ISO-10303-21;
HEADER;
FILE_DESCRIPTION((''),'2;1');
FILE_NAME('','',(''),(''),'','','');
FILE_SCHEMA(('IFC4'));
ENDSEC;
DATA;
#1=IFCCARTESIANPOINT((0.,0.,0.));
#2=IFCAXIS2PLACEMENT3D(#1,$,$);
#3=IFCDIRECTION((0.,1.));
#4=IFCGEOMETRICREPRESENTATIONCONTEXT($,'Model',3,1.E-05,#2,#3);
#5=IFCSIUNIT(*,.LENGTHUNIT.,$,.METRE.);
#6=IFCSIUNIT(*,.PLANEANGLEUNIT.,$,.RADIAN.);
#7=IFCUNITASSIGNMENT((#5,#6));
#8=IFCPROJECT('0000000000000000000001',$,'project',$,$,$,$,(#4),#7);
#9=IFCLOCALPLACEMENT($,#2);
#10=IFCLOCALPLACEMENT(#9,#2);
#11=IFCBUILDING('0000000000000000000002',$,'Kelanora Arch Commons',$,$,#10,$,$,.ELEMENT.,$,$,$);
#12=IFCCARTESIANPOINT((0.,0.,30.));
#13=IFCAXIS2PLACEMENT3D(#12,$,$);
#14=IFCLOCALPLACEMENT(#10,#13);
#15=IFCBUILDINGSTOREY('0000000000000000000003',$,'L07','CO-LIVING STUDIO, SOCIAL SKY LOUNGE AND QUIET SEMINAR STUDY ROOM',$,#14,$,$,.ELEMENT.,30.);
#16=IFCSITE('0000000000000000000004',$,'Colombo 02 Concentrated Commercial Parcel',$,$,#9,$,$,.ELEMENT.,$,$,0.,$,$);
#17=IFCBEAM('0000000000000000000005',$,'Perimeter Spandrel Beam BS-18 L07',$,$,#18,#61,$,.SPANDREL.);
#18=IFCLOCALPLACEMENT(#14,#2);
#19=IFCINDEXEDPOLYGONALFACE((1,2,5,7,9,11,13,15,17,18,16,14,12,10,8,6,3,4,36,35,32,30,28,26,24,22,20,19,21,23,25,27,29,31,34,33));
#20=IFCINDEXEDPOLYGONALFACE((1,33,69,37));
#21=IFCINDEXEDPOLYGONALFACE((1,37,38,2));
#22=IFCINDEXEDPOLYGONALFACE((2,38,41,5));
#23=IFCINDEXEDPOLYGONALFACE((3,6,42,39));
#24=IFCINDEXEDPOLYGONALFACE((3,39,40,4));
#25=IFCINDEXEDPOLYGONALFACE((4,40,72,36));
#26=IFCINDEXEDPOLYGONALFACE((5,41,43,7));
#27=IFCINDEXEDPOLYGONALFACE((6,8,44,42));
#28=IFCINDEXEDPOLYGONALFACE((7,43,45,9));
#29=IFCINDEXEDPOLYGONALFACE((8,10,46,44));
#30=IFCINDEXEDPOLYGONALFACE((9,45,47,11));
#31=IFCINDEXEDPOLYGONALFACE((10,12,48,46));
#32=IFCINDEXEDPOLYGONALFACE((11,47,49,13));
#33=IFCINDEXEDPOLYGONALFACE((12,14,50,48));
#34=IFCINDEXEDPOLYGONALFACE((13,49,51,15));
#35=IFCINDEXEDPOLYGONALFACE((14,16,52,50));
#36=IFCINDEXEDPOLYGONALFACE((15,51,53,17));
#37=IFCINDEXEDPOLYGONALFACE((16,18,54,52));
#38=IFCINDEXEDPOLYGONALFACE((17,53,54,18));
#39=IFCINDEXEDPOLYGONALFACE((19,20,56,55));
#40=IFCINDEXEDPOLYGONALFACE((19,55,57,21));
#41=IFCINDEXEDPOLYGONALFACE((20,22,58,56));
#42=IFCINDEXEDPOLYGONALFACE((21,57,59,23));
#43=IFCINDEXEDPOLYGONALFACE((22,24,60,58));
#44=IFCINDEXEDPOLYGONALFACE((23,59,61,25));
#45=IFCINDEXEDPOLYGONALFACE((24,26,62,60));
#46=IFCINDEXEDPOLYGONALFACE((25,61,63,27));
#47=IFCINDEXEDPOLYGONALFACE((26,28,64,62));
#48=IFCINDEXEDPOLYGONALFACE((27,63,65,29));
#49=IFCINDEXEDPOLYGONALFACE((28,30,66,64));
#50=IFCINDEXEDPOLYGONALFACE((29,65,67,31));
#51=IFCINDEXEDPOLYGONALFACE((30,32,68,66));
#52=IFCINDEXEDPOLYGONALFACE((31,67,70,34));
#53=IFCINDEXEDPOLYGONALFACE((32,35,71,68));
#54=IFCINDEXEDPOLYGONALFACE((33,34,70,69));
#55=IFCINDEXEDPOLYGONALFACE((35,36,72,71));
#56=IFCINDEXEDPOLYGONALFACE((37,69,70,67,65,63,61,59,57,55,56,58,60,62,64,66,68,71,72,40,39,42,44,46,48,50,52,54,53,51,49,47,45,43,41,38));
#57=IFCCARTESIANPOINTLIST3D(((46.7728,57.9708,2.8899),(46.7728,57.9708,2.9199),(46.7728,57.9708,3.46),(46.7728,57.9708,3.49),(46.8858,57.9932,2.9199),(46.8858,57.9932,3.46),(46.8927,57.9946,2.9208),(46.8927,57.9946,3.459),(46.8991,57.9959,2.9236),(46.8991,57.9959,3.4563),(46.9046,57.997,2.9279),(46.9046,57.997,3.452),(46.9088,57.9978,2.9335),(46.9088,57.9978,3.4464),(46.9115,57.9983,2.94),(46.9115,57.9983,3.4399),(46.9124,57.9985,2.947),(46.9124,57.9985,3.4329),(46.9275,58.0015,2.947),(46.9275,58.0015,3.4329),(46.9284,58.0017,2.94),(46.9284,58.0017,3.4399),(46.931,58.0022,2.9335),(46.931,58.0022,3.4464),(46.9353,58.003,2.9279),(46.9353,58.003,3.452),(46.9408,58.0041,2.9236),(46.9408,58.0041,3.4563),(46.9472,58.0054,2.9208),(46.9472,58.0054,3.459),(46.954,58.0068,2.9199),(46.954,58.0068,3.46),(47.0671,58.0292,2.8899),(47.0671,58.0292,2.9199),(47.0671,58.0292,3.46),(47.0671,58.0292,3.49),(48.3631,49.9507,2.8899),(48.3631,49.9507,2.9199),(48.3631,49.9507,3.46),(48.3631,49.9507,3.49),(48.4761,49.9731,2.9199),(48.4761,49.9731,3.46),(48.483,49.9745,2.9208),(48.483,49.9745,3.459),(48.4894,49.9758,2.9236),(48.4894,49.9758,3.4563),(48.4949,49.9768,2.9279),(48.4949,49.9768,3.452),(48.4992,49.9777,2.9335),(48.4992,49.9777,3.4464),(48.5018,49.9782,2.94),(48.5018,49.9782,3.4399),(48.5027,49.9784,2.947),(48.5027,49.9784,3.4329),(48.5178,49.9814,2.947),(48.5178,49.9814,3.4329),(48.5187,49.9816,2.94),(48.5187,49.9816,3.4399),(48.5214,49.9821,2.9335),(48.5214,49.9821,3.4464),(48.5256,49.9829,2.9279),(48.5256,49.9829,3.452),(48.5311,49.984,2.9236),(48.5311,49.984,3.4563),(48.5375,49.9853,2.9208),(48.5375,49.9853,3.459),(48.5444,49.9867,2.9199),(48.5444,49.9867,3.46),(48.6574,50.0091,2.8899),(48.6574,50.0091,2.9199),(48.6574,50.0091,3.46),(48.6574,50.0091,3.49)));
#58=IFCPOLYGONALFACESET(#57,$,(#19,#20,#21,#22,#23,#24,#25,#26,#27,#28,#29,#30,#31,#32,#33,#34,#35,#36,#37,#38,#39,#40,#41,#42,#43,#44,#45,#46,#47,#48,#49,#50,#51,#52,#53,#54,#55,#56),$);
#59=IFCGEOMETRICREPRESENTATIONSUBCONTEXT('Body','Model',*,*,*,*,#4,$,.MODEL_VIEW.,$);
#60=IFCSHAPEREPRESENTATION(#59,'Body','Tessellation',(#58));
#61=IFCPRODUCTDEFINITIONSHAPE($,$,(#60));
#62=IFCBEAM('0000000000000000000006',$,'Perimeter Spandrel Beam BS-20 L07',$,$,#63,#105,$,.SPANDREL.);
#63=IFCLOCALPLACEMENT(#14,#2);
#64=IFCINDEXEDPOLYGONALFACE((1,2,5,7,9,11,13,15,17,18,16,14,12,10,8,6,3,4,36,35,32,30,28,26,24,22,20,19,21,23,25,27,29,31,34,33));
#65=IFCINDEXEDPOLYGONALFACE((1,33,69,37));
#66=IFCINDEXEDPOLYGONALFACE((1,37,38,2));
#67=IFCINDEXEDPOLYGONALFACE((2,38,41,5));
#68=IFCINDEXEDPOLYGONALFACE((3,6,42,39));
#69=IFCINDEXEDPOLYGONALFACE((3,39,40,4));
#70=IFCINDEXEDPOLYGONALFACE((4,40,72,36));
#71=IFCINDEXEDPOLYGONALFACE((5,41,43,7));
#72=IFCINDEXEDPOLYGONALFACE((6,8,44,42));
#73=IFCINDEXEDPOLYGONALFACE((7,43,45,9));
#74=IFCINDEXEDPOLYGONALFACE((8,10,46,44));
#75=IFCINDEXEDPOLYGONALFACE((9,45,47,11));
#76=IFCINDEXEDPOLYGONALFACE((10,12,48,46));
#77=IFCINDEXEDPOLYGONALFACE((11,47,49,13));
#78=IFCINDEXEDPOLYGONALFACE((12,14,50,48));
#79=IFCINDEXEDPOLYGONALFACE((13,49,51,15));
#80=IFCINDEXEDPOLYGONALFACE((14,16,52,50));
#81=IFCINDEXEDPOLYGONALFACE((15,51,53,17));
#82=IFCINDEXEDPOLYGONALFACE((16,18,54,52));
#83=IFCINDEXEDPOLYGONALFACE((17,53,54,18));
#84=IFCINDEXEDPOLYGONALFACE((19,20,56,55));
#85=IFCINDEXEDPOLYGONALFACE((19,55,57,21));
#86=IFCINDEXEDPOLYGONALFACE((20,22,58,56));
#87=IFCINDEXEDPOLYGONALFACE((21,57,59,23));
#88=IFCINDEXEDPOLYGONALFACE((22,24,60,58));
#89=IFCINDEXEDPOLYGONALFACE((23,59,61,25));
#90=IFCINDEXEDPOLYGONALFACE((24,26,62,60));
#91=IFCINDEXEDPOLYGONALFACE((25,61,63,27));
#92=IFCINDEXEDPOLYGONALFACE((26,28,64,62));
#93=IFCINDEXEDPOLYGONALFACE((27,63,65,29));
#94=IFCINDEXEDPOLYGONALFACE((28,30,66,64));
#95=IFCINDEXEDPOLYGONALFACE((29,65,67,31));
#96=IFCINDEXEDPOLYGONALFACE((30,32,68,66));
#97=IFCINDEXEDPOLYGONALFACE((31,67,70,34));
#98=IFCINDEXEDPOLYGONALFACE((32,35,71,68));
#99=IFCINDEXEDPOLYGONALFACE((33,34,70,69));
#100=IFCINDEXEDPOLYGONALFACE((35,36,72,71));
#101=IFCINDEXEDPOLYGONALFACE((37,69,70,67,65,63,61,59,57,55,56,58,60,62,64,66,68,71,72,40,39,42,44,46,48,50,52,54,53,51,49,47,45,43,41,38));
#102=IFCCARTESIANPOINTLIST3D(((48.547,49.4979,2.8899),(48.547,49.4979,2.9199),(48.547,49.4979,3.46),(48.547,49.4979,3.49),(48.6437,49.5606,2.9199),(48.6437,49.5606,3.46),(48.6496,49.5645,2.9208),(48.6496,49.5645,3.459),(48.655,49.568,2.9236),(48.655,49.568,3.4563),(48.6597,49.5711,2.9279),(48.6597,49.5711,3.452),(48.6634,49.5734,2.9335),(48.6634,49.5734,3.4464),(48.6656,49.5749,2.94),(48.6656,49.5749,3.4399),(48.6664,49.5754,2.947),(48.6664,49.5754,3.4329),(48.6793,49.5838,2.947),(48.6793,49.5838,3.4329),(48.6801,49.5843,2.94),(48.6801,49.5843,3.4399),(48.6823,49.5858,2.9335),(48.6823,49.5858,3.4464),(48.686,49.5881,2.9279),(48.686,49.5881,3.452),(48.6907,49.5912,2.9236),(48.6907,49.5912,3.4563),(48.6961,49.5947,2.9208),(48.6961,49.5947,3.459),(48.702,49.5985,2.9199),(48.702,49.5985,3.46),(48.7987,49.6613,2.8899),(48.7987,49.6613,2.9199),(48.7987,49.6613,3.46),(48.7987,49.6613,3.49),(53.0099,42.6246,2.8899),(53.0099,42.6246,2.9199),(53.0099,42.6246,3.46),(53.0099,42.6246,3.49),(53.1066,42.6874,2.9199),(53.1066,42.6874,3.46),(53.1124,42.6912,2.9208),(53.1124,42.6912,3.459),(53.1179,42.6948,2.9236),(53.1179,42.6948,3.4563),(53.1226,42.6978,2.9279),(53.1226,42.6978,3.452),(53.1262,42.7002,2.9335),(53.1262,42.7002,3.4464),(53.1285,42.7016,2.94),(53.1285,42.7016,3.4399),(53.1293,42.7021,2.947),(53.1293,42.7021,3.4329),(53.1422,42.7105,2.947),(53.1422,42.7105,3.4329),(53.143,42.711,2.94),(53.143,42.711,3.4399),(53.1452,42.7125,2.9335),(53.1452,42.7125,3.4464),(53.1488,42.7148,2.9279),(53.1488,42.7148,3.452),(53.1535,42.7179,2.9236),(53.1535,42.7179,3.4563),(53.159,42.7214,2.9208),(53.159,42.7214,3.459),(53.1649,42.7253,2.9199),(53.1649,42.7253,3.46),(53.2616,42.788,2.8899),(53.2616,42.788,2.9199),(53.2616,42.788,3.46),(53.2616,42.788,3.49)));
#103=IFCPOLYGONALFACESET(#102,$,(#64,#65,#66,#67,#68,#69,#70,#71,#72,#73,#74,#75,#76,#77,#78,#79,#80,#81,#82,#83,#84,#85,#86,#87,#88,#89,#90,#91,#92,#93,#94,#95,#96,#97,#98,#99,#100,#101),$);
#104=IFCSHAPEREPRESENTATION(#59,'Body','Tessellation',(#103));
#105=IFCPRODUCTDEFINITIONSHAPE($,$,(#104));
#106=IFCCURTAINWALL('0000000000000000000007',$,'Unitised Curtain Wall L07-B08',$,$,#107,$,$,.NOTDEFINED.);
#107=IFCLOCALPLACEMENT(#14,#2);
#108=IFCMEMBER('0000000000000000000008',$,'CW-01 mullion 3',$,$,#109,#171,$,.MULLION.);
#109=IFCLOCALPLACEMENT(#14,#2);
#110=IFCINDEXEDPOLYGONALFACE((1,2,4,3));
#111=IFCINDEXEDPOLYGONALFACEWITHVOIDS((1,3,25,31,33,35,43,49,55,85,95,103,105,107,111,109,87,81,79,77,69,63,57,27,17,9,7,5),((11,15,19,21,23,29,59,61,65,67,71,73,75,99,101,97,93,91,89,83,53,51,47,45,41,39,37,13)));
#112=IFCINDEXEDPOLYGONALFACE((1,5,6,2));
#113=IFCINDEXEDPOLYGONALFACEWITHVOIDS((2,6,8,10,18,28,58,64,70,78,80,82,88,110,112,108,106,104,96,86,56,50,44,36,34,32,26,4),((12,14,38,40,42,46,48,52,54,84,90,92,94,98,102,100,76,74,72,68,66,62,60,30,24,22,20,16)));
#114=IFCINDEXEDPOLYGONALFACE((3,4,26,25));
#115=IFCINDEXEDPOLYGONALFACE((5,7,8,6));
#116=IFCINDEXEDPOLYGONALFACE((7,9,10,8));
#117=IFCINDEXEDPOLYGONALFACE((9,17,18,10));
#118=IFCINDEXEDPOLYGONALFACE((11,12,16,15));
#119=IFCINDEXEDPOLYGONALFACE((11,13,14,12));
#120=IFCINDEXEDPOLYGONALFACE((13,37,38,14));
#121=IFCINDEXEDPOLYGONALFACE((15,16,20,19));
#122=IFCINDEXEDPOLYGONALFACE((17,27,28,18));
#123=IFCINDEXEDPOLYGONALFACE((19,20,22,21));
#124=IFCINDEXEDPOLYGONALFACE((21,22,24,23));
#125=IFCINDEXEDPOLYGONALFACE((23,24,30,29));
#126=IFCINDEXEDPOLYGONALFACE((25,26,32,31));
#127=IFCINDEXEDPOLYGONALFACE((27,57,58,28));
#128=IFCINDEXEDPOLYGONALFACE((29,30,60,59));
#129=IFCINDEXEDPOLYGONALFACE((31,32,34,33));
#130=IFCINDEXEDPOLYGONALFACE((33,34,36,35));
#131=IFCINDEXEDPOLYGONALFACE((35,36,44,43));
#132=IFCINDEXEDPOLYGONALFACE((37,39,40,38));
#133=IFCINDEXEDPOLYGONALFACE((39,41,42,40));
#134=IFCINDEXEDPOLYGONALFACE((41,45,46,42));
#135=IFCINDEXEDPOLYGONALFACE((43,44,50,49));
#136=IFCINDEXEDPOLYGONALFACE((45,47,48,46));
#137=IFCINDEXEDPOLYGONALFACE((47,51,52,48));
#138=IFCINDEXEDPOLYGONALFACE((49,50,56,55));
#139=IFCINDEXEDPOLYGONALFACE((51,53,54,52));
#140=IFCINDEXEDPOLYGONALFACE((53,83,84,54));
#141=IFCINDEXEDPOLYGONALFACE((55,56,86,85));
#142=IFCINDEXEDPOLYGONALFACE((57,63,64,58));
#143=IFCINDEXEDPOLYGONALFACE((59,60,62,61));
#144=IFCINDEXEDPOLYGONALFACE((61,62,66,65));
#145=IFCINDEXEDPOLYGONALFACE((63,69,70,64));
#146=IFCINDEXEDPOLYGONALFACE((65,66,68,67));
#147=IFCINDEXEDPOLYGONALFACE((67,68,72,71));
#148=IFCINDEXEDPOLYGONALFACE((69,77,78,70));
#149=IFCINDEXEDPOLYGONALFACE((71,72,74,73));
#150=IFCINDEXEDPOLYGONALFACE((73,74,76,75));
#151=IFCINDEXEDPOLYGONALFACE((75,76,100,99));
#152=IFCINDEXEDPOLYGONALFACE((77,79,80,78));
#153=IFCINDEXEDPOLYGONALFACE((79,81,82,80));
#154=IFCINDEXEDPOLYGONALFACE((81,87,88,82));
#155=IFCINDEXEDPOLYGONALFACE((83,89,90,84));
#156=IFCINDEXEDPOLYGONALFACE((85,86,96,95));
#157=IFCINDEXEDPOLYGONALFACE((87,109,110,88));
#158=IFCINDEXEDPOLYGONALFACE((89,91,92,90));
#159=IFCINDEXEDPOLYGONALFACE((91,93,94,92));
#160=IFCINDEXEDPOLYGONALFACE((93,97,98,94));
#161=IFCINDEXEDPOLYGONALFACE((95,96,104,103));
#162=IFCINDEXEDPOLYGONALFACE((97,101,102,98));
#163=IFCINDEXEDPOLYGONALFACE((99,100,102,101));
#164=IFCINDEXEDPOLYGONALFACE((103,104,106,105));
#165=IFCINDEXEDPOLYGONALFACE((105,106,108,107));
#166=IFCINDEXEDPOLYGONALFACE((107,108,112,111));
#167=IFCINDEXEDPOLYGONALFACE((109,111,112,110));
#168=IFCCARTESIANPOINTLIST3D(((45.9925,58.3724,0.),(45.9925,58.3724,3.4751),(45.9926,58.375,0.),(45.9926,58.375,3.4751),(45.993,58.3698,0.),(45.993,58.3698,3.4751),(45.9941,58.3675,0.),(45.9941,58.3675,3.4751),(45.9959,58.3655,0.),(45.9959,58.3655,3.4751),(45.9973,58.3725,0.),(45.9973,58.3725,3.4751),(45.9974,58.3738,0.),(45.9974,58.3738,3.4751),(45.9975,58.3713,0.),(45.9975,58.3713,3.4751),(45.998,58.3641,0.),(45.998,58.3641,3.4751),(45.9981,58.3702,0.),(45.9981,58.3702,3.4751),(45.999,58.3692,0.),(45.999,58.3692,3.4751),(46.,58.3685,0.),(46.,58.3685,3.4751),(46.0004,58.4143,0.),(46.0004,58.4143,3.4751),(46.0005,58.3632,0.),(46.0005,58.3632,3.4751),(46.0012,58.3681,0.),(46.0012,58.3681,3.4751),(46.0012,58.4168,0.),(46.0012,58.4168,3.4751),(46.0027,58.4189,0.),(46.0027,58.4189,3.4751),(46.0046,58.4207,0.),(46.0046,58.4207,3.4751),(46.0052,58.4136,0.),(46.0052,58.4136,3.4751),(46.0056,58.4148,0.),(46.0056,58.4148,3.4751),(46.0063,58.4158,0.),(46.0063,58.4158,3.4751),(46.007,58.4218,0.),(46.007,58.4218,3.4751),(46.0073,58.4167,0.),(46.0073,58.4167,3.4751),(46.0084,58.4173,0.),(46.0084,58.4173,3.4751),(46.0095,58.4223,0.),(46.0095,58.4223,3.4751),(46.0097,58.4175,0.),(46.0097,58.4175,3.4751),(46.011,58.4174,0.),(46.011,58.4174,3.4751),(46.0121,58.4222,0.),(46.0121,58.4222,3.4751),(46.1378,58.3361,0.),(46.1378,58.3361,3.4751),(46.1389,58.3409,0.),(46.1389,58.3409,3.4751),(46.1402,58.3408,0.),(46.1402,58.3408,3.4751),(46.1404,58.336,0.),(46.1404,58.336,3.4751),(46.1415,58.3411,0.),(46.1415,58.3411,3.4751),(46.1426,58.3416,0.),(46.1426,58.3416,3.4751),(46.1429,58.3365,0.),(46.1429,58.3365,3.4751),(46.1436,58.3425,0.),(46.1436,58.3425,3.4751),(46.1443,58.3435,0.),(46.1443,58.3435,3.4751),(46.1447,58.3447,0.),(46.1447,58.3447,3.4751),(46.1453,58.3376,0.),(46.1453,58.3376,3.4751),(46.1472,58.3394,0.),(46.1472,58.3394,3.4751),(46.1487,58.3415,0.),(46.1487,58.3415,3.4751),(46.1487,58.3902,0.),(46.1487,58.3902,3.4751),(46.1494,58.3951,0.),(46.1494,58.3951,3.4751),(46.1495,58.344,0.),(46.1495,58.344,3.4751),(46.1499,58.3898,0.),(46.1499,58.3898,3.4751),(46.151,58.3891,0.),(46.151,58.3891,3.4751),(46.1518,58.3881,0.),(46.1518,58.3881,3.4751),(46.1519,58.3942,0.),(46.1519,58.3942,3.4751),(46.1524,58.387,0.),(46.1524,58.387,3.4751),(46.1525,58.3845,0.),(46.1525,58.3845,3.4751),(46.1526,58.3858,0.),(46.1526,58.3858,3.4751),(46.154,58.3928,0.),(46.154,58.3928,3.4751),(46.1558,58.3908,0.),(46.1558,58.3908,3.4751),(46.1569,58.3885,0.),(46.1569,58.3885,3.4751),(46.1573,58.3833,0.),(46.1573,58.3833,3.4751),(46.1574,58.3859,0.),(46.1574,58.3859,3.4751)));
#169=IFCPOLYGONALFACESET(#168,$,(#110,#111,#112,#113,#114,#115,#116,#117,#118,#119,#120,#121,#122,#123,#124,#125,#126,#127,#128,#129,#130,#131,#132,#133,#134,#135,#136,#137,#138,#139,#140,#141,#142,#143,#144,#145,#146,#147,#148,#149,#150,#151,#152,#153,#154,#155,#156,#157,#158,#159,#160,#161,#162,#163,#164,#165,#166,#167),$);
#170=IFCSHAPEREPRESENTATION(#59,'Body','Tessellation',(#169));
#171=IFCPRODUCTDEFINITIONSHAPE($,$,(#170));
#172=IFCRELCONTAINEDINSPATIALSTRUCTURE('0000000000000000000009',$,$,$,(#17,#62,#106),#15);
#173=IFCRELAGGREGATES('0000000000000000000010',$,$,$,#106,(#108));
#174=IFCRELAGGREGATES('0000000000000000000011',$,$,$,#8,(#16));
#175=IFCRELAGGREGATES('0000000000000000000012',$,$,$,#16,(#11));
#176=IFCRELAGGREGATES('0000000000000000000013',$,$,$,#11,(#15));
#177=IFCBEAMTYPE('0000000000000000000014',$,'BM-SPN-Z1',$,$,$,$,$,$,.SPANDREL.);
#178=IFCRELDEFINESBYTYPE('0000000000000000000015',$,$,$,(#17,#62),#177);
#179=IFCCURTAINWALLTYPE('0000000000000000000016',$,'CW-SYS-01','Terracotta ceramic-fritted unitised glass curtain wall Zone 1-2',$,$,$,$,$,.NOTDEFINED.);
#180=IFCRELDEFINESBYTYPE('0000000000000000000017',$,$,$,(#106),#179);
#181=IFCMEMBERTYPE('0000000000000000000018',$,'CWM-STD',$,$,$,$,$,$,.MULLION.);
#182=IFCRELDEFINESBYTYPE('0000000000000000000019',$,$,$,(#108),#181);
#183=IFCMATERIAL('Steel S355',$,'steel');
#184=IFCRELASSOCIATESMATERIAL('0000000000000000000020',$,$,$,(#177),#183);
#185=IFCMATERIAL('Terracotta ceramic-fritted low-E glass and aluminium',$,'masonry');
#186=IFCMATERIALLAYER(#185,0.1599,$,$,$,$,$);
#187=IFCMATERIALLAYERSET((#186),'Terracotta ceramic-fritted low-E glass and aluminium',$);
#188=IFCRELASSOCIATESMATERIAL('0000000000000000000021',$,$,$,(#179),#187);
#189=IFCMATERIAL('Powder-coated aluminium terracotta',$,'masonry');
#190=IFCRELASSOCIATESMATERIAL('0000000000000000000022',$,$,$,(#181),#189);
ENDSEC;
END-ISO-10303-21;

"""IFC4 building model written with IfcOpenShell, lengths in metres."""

from ifc_helpers import new_model, si_unit, direction, frame, origin, origin_2d, place, context, subcontext, project, spatial, hollow_rectangle, i_section, extrude, material, layer, layer_set, material_profile, profile_set, type_object, element, aggregate, save


model = new_model("IFC4")

# Units and contexts
model_context = context("Model", 3, precision=1e-05, world=origin(), true_north=direction((0.0, 1.0)))
body_context = subcontext(model_context, "Body", "Model", "MODEL_VIEW")
ifc_project = project(units=[si_unit("LENGTHUNIT", "METRE"), si_unit("PLANEANGLEUNIT", "RADIAN")], contexts=[model_context])

# Site, building, storey
site_placement = place(None, origin())
site = spatial("IfcSite", under=ifc_project, at=site_placement, Name="Colombo 02 Concentrated Commercial Parcel", CompositionType="ELEMENT", RefElevation=0.0)
building_placement = place(site_placement, origin())
building = spatial("IfcBuilding", under=site, at=building_placement, Name="Kelanora Arch Commons", CompositionType="ELEMENT")
storey_placement = place(building_placement, frame((0.0, 0.0, 30.0)))
storey = spatial("IfcBuildingStorey", under=building, at=storey_placement, Name="L07", Description="CO-LIVING STUDIO, SOCIAL SKY LOUNGE AND QUIET SEMINAR STUDY ROOM", CompositionType="ELEMENT", Elevation=30.0)

# Beams
ifc_material_1 = material(Name="Steel S355", Category="steel")
ifc_material_profile_1 = material_profile(ifc_material_1, i_section(OverallWidth=0.3, OverallDepth=0.6001, WebThickness=0.0154, FlangeThickness=0.03, FilletRadius=0.0271, at=origin_2d()), Name="HEB600")
ifc_profile_set_1 = profile_set([ifc_material_profile_1], Name="Steel S355")
beam_type_1 = type_object("IfcBeamType", Name="BM-SPN-Z1", PredefinedType="SPANDREL", material=ifc_profile_set_1)
beam_1_placement = place(storey_placement, frame((46.9199, 58.0, 3.1899), z_axis=(0.194508, -0.980901, 0.0), x_axis=(0.980901, 0.194508, 0.0)))
element("IfcBeam", 1, at=beam_1_placement, inside=storey, type_object=beam_type_1, Name="Perimeter Spandrel Beam BS-18 L07", PredefinedType="SPANDREL", context=body_context, shape_type="SweptSolid", body=[
    extrude(i_section(OverallWidth=0.3, OverallDepth=0.6001, WebThickness=0.0154, FlangeThickness=0.03, FilletRadius=0.0271, at=origin_2d()), origin(), (0.0, 0.0, 1.0), 8.1763),
])
beam_2_placement = place(storey_placement, frame((48.6729, 49.5796, 3.1899), z_axis=(0.544581, -0.838708, 0.0), x_axis=(0.838708, 0.544581, 0.0)))
element("IfcBeam", 2, at=beam_2_placement, inside=storey, type_object=beam_type_1, Name="Perimeter Spandrel Beam BS-20 L07", PredefinedType="SPANDREL", context=body_context, shape_type="SweptSolid", body=[
    extrude(i_section(OverallWidth=0.3, OverallDepth=0.6001, WebThickness=0.0154, FlangeThickness=0.03, FilletRadius=0.0271, at=origin_2d()), origin(), (0.0, 0.0, 1.0), 8.1951),
])

# Curtain wall, member
ifc_material_2 = material(Name="Terracotta ceramic-fritted low-E glass and aluminium", Category="masonry")
ifc_layer_1 = layer(ifc_material_2, 0.1599)
ifc_layer_set_1 = layer_set([ifc_layer_1], Name="Terracotta ceramic-fritted low-E glass and aluminium")
curtain_wall_type = type_object("IfcCurtainWallType", Name="CW-SYS-01", Description="Terracotta ceramic-fritted unitised glass curtain wall Zone 1-2", PredefinedType="NOTDEFINED", material=ifc_layer_set_1)
curtain_wall_1_placement = place(storey_placement, origin())
curtain_wall_1 = element("IfcCurtainWall", 3, at=curtain_wall_1_placement, inside=storey, type_object=curtain_wall_type, Name="Unitised Curtain Wall L07-B08", PredefinedType="NOTDEFINED")
ifc_material_3 = material(Name="Powder-coated aluminium terracotta", Category="masonry")
ifc_material_profile_2 = material_profile(ifc_material_3, hollow_rectangle(XDim=0.1599, YDim=0.0601, WallThickness=0.0049, InnerFilletRadius=0.0049, OuterFilletRadius=0.01, at=origin_2d()), Name="CWM160x60")
ifc_profile_set_2 = profile_set([ifc_material_profile_2], Name="Powder-coated aluminium terracotta")
member_type_1 = type_object("IfcMemberType", Name="CWM-STD", PredefinedType="MULLION", material=ifc_profile_set_2)
member_1_placement = place(storey_placement, frame((46.075, 58.3792, 0.0), z_axis=(0.0, 0.0, 1.0), x_axis=(0.981052, -0.193744, 0.0)))
member_1 = element("IfcMember", 4, at=member_1_placement, type_object=member_type_1, Name="CW-01 mullion 3", PredefinedType="MULLION", context=body_context, shape_type="SweptSolid", body=[
    extrude(hollow_rectangle(XDim=0.1599, YDim=0.0601, WallThickness=0.0049, InnerFilletRadius=0.0049, OuterFilletRadius=0.01, at=origin_2d()), origin(), (0.0, 0.0, 1.0), 3.4751),
])
aggregate(curtain_wall_1, [member_1])

save(model, "model.ifc")
